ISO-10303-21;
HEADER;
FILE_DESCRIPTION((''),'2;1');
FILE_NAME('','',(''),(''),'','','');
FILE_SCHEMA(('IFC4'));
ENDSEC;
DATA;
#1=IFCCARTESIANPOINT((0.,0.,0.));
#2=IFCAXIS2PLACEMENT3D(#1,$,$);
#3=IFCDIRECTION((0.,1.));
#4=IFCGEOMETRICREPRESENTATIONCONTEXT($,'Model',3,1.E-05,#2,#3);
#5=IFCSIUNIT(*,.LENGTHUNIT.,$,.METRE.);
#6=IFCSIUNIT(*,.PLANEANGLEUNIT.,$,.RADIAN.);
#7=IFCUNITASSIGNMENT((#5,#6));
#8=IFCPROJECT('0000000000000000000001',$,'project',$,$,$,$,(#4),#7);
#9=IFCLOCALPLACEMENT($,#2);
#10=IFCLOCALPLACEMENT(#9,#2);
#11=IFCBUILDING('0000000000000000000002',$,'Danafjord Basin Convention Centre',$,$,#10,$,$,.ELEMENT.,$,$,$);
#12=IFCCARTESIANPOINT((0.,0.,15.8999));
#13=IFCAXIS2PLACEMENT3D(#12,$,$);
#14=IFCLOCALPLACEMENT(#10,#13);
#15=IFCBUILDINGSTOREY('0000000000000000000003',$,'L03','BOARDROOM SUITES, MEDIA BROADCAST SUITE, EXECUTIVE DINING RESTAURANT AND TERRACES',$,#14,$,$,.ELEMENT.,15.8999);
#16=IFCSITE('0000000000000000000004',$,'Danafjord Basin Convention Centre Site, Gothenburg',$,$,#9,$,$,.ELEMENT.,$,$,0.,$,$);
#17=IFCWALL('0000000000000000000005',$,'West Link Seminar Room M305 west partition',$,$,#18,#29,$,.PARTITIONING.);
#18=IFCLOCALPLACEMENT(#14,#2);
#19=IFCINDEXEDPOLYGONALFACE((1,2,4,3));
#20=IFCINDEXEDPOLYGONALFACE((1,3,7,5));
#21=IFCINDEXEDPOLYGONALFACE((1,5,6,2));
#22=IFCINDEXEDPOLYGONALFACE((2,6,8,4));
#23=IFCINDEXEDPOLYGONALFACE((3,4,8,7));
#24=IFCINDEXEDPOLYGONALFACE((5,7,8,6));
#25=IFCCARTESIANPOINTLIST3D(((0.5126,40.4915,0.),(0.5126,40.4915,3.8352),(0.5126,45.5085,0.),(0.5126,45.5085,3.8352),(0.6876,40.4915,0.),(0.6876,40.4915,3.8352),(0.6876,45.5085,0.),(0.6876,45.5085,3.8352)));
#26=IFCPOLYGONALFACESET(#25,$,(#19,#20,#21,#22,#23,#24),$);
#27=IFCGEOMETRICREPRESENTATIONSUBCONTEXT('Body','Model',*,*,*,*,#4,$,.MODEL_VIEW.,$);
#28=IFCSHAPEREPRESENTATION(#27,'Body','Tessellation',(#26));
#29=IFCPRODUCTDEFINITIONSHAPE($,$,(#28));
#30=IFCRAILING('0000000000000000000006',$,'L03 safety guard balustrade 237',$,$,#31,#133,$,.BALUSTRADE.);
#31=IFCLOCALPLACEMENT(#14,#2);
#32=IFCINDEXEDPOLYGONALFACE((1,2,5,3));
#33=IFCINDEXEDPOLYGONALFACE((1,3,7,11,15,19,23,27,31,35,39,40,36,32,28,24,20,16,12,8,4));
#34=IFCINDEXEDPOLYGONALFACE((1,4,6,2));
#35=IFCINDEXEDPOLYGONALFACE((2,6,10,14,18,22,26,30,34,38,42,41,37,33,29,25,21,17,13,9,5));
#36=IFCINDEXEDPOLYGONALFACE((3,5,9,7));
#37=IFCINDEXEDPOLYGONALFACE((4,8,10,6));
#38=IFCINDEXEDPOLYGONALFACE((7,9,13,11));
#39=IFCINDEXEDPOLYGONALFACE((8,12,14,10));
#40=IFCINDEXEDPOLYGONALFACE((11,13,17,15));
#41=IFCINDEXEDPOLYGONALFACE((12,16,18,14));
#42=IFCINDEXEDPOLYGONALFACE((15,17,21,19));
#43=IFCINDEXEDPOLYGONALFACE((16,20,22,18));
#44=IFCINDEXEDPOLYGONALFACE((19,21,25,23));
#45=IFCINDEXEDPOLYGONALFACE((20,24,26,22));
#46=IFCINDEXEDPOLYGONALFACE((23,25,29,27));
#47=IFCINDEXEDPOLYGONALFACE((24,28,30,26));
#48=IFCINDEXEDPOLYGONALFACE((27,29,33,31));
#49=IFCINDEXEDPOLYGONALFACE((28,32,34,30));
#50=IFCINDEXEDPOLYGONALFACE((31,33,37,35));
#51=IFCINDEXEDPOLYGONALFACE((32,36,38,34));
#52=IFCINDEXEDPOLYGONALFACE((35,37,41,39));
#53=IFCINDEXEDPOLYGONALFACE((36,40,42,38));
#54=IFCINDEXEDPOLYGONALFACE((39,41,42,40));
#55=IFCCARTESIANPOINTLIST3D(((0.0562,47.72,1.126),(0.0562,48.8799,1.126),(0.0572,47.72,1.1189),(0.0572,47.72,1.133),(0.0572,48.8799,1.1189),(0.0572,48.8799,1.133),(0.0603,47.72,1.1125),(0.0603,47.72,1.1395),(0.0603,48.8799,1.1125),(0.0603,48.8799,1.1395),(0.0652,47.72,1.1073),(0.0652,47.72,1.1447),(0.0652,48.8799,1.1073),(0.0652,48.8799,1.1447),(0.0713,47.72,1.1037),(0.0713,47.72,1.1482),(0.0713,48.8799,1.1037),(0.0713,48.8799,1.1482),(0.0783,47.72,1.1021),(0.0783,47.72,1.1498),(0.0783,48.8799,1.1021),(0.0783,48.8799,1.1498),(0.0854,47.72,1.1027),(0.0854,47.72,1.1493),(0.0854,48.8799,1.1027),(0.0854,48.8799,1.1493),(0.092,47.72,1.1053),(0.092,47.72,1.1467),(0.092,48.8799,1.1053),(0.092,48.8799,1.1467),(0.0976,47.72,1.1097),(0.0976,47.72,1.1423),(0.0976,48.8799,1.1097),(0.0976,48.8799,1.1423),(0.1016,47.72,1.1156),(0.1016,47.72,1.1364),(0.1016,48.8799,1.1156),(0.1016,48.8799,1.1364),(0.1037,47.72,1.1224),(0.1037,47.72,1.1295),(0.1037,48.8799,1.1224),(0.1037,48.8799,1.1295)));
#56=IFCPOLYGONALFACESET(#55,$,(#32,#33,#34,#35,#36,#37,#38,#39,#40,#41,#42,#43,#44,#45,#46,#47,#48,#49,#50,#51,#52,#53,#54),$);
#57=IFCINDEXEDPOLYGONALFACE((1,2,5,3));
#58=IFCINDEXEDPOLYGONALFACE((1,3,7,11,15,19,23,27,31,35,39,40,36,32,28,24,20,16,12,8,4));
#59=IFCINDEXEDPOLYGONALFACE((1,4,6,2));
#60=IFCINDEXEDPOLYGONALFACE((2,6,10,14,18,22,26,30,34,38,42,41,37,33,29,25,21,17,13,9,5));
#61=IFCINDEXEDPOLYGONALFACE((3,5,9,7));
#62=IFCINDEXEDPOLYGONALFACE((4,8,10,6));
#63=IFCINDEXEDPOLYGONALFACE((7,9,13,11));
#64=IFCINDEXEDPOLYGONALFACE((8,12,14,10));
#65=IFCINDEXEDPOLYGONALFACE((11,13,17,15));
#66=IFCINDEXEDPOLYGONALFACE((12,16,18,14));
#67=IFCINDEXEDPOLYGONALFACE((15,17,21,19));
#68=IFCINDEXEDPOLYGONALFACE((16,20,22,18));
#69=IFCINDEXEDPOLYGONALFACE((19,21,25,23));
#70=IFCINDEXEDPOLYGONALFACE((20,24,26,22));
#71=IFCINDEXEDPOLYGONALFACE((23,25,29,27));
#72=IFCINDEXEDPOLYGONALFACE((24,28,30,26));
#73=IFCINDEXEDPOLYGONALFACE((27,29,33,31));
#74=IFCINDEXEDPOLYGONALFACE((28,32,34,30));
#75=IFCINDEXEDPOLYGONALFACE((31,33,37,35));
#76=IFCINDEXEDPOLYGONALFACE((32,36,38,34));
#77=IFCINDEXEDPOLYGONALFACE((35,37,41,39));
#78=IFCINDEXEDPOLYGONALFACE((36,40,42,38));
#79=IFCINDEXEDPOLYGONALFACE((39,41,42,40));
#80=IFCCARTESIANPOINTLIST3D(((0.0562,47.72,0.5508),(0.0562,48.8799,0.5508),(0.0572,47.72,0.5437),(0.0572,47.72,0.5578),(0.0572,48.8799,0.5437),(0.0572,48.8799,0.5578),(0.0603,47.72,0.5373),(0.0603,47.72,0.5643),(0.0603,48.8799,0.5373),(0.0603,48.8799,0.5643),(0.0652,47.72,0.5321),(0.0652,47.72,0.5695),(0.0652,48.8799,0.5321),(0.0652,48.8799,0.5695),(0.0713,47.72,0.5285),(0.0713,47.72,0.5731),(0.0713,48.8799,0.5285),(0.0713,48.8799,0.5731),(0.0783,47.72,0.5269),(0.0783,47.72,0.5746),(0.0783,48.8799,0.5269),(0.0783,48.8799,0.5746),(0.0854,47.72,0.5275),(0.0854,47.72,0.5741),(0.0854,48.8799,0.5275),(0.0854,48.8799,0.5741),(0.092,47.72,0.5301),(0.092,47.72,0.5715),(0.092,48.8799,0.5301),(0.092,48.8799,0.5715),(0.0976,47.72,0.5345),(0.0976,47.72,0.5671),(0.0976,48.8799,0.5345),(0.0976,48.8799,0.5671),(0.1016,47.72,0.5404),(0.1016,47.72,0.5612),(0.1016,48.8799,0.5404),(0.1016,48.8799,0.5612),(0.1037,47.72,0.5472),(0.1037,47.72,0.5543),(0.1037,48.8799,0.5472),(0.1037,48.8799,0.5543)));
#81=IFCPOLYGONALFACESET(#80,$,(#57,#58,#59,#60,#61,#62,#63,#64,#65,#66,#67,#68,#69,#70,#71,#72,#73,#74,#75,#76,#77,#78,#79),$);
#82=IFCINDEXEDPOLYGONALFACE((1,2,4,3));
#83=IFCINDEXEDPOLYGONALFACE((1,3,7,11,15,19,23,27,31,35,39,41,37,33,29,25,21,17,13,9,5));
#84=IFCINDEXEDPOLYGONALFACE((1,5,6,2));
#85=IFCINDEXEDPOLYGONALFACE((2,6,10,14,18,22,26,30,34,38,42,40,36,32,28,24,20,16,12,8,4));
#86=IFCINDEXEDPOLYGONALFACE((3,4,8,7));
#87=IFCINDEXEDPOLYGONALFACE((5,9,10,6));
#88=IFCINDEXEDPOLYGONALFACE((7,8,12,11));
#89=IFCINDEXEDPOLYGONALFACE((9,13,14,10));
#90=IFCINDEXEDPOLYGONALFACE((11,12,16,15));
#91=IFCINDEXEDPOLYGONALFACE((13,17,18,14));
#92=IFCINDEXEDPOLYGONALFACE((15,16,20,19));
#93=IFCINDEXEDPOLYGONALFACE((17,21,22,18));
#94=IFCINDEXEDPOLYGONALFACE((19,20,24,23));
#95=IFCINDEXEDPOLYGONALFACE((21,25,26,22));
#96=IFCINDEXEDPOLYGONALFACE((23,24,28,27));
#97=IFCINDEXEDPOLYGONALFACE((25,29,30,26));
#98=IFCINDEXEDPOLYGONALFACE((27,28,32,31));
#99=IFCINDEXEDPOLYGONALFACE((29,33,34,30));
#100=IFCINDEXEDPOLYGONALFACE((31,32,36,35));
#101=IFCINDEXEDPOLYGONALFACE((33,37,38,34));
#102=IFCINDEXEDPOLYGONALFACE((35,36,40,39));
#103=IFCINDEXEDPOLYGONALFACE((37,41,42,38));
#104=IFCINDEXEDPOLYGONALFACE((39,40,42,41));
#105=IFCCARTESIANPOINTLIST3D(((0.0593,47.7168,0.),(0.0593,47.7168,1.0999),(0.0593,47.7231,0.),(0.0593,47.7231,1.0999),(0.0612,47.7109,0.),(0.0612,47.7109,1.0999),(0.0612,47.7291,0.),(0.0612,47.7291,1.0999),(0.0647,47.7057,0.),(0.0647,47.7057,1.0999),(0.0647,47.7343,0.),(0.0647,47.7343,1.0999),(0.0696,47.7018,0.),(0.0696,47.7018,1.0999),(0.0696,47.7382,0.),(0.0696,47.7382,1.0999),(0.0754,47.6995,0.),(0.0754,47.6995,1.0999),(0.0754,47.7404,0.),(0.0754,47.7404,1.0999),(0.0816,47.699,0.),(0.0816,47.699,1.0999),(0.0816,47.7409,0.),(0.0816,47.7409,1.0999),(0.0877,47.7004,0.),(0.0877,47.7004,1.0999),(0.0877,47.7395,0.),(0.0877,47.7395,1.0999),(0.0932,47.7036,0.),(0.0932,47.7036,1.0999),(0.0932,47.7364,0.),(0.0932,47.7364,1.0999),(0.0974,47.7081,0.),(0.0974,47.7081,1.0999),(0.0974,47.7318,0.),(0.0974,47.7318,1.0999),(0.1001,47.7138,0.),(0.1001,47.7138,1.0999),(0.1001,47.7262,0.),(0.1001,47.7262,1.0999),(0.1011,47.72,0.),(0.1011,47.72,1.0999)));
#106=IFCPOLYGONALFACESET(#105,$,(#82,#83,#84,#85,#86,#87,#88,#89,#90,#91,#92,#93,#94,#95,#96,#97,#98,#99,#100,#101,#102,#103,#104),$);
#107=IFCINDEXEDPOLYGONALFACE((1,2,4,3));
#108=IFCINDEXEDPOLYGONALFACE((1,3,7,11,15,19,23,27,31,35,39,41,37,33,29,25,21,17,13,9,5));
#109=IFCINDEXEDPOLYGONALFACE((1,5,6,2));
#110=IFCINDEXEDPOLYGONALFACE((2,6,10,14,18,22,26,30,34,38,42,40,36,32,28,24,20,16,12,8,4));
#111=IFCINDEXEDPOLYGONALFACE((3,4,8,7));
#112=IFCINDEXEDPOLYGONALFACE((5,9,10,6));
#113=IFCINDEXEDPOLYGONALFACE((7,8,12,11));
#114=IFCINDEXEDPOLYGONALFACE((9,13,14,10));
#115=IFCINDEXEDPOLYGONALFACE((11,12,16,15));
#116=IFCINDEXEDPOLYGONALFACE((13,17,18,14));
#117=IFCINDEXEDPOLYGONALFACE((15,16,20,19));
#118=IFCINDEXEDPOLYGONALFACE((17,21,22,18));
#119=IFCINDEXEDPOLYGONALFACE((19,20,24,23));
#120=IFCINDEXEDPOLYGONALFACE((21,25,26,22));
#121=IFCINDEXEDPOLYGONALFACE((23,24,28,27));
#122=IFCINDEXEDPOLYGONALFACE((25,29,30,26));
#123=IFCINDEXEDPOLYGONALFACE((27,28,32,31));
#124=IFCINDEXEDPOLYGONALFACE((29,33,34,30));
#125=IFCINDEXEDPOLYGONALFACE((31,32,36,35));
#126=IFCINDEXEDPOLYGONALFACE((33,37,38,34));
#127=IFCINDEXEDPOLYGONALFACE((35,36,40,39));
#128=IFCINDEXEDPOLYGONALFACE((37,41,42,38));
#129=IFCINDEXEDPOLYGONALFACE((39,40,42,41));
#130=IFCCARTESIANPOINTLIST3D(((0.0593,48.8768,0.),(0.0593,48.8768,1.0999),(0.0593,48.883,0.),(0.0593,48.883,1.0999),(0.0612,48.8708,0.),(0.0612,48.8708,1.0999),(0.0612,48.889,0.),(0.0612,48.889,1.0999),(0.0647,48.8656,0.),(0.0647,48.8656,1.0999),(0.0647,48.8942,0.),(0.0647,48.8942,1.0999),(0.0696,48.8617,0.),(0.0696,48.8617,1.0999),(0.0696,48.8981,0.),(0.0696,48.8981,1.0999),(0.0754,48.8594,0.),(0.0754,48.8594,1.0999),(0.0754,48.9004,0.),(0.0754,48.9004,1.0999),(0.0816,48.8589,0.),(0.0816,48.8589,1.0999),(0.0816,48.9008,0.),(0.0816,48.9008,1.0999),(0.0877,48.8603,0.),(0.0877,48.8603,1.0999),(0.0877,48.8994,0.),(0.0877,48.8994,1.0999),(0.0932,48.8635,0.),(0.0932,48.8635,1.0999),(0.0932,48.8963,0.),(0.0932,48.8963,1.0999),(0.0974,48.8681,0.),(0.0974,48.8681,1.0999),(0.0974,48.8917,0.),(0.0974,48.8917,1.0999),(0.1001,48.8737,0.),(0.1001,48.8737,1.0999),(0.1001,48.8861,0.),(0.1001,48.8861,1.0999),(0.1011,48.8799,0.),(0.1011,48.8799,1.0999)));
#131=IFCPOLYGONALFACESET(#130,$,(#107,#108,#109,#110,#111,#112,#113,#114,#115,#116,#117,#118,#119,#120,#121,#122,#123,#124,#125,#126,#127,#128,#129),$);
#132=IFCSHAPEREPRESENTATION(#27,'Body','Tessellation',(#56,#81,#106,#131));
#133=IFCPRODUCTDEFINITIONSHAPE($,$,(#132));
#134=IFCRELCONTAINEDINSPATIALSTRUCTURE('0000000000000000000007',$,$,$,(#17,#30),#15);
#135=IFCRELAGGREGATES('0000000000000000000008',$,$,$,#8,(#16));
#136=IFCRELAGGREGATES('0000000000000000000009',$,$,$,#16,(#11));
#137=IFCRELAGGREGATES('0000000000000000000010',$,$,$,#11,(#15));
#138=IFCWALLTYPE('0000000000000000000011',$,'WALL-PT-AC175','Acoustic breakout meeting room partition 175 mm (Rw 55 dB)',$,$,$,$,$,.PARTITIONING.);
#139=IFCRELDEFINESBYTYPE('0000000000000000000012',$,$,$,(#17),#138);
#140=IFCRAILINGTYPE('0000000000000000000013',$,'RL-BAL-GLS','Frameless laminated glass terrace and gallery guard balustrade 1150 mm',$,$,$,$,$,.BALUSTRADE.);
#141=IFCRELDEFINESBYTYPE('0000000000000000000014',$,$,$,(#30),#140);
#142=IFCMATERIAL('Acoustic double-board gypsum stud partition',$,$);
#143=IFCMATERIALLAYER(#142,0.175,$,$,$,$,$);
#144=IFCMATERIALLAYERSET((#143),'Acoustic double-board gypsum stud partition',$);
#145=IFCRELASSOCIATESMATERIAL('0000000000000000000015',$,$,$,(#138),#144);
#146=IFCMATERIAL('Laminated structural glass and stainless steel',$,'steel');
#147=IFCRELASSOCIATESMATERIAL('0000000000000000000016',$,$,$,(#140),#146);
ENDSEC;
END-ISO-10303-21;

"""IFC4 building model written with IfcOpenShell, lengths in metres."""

from ifc_helpers import new_model, si_unit, direction, frame, frame_2d, origin, origin_2d, place, context, subcontext, project, spatial, rectangle, circle, extrude, material, layer, layer_set, type_object, element, save


model = new_model("IFC4")

# Units and contexts
model_context = context("Model", 3, precision=1e-05, world=origin(), true_north=direction((0.0, 1.0)))
body_context = subcontext(model_context, "Body", "Model", "MODEL_VIEW")
ifc_project = project(units=[si_unit("LENGTHUNIT", "METRE"), si_unit("PLANEANGLEUNIT", "RADIAN")], contexts=[model_context])

# Site, building, storey
site_placement = place(None, origin())
site = spatial("IfcSite", under=ifc_project, at=site_placement, Name="Danafjord Basin Convention Centre Site, Gothenburg", CompositionType="ELEMENT", RefElevation=0.0)
building_placement = place(site_placement, origin())
building = spatial("IfcBuilding", under=site, at=building_placement, Name="Danafjord Basin Convention Centre", CompositionType="ELEMENT")
storey_placement = place(building_placement, frame((0.0, 0.0, 15.8999)))
storey = spatial("IfcBuildingStorey", under=building, at=storey_placement, Name="L03", Description="BOARDROOM SUITES, MEDIA BROADCAST SUITE, EXECUTIVE DINING RESTAURANT AND TERRACES", CompositionType="ELEMENT", Elevation=15.8999)

# Wall
ifc_material_1 = material(Name="Acoustic double-board gypsum stud partition")
ifc_layer_1 = layer(ifc_material_1, 0.175)
ifc_layer_set_1 = layer_set([ifc_layer_1], Name="Acoustic double-board gypsum stud partition")
wall_type_1 = type_object("IfcWallType", Name="WALL-PT-AC175", Description="Acoustic breakout meeting room partition 175 mm (Rw 55 dB)", PredefinedType="PARTITIONING", material=ifc_layer_set_1)
wall_1_placement = place(storey_placement, frame((0.6001, 45.5085, 0.0), z_axis=(0.0, 0.0, 1.0), x_axis=(0.0, -1.0, 0.0)))
element("IfcWall", 1, at=wall_1_placement, inside=storey, type_object=wall_type_1, Name="West Link Seminar Room M305 west partition", PredefinedType="PARTITIONING", context=body_context, shape_type="SweptSolid", body=[
    extrude(rectangle(XDim=5.0171, YDim=0.175, at=frame_2d((2.5085, 0.0))), origin(), (0.0, 0.0, 1.0), 3.8352),
])

# Railing
ifc_material_2 = material(Name="Laminated structural glass and stainless steel", Category="steel")
railing_type_1 = type_object("IfcRailingType", Name="RL-BAL-GLS", Description="Frameless laminated glass terrace and gallery guard balustrade 1150 mm", PredefinedType="BALUSTRADE", material=ifc_material_2)
railing_1_placement = place(storey_placement, frame((0.0801, 47.72, 0.0)))
element("IfcRailing", 2, at=railing_1_placement, inside=storey, type_object=railing_type_1, Name="L03 safety guard balustrade 237", PredefinedType="BALUSTRADE", context=body_context, shape_type="SweptSolid", body=[
    extrude(circle(Radius=0.0239, at=origin_2d()), frame((0.0, 0.0, 1.126), z_axis=(0.0, 1.0, 0.0), x_axis=(-1.0, 0.0, 0.0)), (0.0, 0.0, 1.0), 1.1599),
    extrude(circle(Radius=0.0239, at=origin_2d()), frame((0.0, 0.0, 0.5508), z_axis=(0.0, 1.0, 0.0), x_axis=(-1.0, 0.0, 0.0)), (0.0, 0.0, 1.0), 1.1599),
    extrude(circle(Radius=0.021, at=origin_2d()), origin(), (0.0, 0.0, 1.0), 1.0999),
    extrude(circle(Radius=0.021, at=origin_2d()), frame((0.0, 1.1599, 0.0)), (0.0, 0.0, 1.0), 1.0999),
])

save(model, "model.ifc")
